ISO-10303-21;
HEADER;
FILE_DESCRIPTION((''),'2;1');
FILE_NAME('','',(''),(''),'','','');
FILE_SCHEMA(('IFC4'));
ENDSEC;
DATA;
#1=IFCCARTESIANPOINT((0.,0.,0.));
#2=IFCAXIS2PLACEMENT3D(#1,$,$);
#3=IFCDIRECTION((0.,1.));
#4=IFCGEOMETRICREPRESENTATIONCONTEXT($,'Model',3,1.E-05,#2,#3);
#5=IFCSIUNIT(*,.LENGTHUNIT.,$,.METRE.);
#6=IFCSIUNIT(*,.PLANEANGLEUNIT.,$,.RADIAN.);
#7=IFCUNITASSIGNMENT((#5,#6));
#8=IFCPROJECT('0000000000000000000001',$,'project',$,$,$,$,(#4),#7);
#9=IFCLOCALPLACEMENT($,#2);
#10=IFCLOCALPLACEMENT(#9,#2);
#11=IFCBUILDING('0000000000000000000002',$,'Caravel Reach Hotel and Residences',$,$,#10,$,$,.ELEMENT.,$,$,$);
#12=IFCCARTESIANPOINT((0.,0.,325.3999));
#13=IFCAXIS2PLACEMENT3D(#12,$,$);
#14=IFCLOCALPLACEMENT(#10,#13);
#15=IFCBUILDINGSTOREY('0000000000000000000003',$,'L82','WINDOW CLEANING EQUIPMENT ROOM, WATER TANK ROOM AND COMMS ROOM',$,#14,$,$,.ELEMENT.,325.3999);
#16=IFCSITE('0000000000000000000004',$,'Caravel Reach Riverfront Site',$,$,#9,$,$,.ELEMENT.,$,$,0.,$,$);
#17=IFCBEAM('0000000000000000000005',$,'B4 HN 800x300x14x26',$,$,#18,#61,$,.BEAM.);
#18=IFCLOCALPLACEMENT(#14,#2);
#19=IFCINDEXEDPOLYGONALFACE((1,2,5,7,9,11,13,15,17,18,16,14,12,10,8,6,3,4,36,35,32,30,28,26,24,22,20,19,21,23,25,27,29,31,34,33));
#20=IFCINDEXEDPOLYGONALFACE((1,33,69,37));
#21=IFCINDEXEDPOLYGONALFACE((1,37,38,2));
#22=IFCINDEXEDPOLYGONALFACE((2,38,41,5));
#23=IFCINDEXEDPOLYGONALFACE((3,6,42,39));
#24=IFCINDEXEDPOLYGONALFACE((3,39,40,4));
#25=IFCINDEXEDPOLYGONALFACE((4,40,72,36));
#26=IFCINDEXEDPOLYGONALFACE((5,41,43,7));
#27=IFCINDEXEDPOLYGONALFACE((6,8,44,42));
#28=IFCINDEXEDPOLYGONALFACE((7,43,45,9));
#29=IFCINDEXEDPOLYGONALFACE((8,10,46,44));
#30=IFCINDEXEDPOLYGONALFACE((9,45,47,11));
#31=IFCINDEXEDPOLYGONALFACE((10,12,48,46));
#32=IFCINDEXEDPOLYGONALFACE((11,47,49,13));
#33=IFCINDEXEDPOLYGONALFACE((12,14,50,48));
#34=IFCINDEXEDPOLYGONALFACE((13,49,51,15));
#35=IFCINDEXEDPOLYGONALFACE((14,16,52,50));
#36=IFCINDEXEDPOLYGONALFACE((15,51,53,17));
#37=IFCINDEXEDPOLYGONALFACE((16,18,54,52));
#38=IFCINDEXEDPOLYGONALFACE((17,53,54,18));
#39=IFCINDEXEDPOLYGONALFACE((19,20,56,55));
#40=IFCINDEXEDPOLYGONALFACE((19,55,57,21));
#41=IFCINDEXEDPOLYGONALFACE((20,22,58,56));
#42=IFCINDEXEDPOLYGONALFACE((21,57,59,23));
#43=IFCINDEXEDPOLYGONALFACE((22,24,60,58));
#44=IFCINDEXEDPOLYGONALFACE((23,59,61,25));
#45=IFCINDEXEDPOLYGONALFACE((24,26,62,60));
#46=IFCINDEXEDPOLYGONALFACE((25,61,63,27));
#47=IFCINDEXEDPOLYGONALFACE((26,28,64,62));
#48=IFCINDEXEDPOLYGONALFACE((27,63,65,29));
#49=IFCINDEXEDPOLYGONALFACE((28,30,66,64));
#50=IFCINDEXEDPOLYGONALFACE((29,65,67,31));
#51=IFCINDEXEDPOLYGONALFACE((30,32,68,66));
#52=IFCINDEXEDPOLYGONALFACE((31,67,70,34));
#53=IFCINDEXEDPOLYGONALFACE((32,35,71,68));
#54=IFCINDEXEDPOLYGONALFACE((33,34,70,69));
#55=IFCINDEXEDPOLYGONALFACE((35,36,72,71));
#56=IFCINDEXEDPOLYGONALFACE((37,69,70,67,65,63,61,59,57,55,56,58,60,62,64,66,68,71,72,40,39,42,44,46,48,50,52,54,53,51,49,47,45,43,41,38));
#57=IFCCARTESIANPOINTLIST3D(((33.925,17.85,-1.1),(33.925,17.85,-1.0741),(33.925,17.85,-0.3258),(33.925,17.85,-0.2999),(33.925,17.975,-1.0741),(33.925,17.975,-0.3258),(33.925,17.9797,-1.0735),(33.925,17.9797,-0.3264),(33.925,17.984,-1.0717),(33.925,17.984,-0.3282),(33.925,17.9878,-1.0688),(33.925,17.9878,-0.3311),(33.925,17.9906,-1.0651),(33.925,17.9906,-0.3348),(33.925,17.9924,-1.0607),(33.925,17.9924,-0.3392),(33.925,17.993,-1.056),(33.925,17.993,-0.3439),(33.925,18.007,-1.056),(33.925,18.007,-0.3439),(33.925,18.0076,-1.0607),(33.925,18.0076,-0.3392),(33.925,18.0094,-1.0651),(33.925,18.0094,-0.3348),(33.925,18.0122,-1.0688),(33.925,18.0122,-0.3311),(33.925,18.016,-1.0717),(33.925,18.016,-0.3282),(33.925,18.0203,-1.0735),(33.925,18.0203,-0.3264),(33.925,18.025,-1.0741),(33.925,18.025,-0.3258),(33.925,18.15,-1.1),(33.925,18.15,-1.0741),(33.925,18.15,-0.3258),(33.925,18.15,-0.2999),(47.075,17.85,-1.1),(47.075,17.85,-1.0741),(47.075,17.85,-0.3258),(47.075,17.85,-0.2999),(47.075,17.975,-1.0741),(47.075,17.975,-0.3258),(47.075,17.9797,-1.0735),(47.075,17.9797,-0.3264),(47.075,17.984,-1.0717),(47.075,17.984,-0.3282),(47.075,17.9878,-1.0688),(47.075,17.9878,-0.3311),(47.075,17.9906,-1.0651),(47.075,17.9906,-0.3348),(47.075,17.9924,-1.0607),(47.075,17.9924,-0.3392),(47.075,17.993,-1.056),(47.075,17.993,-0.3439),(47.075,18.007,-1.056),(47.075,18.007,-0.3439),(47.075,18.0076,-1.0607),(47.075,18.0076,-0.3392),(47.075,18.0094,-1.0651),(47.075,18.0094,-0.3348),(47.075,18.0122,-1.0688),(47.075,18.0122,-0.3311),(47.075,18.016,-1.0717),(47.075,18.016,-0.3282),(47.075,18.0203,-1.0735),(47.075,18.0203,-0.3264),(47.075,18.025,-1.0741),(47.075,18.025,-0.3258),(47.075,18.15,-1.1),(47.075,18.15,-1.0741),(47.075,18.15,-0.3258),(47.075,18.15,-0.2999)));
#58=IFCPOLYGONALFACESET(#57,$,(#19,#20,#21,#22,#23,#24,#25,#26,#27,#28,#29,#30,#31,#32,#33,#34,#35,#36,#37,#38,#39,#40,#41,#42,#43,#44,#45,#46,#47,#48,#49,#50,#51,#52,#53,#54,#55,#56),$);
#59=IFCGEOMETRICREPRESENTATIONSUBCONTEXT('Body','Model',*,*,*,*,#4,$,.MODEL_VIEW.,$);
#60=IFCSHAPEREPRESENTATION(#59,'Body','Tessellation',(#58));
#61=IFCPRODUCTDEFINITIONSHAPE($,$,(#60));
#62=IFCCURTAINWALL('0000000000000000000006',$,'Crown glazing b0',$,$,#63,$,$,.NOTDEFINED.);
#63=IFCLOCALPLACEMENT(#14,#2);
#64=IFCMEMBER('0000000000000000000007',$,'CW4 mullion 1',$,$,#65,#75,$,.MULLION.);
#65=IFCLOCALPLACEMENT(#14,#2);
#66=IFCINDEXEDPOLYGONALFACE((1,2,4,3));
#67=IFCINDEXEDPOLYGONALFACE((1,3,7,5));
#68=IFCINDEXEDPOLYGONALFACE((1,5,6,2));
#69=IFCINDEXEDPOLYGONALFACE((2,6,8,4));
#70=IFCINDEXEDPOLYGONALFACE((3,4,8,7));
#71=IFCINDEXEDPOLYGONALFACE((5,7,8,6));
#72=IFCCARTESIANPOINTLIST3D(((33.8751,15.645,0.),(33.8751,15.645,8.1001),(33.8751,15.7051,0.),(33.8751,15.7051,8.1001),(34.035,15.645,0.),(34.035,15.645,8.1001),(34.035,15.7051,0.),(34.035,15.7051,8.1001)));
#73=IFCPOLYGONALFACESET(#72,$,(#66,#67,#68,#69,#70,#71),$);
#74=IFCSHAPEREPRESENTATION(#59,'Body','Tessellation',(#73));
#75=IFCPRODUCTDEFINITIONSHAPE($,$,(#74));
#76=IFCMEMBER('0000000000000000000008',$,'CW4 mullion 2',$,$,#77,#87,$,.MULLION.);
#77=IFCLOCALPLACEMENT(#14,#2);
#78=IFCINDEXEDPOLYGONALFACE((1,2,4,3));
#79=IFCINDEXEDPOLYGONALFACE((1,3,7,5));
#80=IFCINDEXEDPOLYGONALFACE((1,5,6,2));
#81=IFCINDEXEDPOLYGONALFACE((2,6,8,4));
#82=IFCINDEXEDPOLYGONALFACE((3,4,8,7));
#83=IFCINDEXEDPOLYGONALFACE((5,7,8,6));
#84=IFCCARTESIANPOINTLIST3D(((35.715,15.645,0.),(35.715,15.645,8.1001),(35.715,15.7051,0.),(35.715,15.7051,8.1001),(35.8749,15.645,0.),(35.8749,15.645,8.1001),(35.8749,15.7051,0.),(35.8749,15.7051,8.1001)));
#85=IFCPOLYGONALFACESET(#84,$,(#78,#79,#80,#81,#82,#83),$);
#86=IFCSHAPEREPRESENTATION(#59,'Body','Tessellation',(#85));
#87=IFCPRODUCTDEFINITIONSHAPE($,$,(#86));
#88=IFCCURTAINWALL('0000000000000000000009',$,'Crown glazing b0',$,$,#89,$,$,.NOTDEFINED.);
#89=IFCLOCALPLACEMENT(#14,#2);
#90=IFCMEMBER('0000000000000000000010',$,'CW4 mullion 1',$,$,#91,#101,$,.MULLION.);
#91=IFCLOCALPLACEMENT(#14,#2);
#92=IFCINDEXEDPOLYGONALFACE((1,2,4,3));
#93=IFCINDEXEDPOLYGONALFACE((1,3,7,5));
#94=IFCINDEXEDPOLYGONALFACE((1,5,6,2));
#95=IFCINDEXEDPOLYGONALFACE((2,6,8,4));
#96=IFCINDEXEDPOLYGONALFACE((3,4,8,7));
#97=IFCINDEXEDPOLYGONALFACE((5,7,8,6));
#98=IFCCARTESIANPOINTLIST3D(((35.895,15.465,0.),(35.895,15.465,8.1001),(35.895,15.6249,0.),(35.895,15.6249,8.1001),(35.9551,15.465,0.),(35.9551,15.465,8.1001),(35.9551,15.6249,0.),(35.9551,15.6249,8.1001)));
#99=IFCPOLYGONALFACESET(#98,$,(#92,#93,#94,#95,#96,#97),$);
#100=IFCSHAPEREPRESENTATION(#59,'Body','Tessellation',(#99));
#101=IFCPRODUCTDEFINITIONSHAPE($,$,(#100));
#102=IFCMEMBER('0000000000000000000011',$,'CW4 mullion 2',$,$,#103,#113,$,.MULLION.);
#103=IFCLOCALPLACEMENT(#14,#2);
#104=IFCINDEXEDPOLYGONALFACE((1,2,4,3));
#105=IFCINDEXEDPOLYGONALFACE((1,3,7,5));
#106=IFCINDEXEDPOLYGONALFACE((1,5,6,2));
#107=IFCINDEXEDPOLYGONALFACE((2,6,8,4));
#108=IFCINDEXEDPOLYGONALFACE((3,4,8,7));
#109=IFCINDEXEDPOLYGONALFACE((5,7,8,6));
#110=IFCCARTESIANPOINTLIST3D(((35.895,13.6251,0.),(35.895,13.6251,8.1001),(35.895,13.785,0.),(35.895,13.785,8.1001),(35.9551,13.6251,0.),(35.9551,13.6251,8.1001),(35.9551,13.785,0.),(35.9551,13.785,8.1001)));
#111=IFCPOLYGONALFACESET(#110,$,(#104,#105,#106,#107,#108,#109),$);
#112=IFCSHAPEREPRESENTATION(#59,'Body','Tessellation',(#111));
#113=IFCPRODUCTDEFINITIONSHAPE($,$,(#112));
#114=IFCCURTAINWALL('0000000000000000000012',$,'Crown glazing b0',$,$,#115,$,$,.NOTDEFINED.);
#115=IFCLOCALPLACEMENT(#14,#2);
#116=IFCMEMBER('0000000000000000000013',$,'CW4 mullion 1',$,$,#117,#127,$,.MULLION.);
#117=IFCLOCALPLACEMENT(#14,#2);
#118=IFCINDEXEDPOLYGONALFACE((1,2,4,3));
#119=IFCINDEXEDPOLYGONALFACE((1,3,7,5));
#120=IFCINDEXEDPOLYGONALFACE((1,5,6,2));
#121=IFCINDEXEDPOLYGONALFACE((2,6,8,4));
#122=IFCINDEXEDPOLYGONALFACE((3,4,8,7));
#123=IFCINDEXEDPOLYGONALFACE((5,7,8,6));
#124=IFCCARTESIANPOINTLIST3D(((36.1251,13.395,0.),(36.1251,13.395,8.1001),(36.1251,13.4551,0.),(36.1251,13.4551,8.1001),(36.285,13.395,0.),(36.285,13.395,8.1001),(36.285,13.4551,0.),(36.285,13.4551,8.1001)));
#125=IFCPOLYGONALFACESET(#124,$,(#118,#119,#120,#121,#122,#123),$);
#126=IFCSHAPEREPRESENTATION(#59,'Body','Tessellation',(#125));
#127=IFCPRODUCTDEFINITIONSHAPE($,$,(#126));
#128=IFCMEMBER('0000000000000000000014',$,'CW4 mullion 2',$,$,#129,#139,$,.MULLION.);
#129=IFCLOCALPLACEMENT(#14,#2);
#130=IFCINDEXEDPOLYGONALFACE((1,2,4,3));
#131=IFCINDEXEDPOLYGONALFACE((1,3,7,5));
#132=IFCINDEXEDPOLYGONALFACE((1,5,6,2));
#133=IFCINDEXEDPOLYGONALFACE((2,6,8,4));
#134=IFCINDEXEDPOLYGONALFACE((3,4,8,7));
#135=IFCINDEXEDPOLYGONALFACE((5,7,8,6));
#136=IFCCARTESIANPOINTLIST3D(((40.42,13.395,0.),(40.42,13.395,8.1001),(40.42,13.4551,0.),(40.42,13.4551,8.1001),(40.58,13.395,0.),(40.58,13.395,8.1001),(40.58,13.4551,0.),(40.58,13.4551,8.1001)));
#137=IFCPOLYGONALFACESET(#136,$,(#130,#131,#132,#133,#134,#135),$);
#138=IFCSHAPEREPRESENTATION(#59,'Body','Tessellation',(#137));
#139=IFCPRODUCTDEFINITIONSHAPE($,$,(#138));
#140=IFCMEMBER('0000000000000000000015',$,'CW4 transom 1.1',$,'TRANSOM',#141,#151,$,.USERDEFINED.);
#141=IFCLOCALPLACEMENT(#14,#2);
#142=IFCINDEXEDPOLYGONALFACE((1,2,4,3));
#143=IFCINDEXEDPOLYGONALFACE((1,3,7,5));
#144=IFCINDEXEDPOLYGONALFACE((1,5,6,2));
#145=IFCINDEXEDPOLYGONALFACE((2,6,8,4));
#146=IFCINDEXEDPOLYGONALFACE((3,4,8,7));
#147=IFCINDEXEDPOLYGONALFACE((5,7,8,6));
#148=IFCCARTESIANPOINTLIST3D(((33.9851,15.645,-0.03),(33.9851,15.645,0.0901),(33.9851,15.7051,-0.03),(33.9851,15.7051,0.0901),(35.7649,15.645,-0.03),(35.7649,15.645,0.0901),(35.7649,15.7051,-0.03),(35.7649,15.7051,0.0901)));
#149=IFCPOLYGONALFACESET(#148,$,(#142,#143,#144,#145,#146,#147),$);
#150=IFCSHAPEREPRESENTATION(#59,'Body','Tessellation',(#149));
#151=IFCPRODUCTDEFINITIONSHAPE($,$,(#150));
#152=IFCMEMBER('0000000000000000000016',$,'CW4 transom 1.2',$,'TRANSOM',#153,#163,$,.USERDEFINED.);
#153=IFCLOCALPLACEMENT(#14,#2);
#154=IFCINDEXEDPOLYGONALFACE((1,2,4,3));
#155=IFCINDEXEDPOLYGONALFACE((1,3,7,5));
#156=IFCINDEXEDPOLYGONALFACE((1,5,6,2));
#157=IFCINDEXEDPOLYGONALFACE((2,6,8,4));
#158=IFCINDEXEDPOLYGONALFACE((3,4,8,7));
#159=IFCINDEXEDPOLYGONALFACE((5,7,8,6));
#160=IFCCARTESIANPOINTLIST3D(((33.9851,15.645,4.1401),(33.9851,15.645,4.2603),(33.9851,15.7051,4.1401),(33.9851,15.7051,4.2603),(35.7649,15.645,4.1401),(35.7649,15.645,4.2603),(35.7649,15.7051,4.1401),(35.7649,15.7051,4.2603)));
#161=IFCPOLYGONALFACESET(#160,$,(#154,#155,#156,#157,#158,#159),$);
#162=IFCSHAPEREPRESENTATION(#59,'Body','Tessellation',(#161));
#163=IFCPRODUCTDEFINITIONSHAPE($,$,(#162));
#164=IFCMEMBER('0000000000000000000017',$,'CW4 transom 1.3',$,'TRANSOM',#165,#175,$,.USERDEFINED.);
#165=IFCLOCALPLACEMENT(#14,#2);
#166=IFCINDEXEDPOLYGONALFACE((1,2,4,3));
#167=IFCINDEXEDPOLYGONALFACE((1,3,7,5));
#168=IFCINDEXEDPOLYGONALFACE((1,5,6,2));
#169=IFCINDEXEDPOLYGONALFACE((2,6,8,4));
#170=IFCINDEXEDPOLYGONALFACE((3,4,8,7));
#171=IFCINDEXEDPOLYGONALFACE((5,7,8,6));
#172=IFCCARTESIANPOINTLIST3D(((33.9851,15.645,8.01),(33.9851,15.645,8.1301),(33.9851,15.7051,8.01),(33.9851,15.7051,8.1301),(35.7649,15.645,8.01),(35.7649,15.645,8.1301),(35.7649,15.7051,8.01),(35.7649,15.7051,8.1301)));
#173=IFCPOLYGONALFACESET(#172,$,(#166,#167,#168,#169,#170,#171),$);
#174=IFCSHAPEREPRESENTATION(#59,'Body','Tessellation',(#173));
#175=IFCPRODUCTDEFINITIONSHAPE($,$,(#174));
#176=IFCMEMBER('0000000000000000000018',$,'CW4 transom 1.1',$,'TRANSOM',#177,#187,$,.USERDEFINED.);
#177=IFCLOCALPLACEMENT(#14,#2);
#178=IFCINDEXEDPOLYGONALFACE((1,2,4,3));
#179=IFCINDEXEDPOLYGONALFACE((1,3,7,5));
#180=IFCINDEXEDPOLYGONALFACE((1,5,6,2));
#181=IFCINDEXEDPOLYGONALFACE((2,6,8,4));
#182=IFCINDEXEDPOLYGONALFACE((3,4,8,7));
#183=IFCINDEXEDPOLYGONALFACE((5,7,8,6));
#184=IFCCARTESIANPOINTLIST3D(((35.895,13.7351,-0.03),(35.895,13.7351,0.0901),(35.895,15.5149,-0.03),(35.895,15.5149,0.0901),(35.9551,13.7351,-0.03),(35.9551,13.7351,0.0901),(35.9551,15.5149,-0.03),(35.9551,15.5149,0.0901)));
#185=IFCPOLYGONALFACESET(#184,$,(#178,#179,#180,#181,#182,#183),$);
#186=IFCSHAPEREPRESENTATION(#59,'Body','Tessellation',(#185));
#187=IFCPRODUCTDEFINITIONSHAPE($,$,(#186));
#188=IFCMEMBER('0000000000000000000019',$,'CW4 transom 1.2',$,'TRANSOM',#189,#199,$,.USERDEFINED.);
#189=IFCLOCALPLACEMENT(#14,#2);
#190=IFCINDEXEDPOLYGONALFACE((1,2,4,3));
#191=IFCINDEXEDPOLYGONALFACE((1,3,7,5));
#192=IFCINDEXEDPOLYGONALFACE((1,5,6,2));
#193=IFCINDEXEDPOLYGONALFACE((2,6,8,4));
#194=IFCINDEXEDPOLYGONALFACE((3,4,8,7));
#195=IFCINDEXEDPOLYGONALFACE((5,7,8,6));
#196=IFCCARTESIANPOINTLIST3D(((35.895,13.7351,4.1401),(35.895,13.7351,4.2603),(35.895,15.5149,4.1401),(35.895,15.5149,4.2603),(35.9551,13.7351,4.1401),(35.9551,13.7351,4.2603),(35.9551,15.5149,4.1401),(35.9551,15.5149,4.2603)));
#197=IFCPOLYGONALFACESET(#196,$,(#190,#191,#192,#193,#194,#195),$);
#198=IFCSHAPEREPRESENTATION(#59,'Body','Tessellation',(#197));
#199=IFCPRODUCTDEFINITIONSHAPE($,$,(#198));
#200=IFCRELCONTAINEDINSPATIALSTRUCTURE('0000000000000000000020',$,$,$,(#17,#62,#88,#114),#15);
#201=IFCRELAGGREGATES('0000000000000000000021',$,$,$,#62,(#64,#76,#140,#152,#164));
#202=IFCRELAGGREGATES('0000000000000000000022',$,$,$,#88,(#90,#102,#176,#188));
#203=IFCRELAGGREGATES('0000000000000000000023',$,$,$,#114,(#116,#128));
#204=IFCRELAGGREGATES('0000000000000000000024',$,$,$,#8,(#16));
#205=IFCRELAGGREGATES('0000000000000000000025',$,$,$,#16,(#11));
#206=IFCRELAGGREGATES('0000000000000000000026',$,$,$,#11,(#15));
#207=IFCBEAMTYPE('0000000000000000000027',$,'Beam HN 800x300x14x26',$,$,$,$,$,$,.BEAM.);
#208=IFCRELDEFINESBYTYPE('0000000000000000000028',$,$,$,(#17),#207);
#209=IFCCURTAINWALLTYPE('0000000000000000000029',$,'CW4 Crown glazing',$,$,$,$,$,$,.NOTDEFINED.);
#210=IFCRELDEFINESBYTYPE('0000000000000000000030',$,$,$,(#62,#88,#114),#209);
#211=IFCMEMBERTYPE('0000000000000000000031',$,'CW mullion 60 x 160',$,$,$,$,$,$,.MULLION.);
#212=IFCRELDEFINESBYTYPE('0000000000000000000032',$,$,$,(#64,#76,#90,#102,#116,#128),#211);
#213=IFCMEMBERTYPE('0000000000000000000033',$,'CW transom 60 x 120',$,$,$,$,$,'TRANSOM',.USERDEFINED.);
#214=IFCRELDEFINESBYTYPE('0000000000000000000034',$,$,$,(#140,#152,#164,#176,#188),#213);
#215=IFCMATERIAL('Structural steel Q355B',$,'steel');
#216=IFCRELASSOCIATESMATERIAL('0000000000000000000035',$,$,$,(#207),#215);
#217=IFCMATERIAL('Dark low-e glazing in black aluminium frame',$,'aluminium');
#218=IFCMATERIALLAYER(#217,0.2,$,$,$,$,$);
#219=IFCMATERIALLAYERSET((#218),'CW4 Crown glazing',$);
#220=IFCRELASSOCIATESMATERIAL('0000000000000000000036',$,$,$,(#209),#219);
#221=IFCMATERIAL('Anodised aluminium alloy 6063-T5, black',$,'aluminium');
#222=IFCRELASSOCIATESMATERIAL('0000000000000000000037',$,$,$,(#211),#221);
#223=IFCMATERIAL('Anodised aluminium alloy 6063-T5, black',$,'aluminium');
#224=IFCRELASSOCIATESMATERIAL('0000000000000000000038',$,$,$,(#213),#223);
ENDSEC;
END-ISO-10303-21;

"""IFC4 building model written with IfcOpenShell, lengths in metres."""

from ifc_helpers import new_model, si_unit, direction, frame, origin, origin_2d, place, context, subcontext, project, spatial, rectangle, i_section, extrude, material, layer, layer_set, material_profile, profile_set, type_object, element, aggregate, save


model = new_model("IFC4")

# Units and contexts
model_context = context("Model", 3, precision=1e-05, world=origin(), true_north=direction((0.0, 1.0)))
body_context = subcontext(model_context, "Body", "Model", "MODEL_VIEW")
ifc_project = project(units=[si_unit("LENGTHUNIT", "METRE"), si_unit("PLANEANGLEUNIT", "RADIAN")], contexts=[model_context])

# Site, building, storey
site_placement = place(None, origin())
site = spatial("IfcSite", under=ifc_project, at=site_placement, Name="Caravel Reach Riverfront Site", CompositionType="ELEMENT", RefElevation=0.0)
building_placement = place(site_placement, origin())
building = spatial("IfcBuilding", under=site, at=building_placement, Name="Caravel Reach Hotel and Residences", CompositionType="ELEMENT")
storey_placement = place(building_placement, frame((0.0, 0.0, 325.3999)))
storey = spatial("IfcBuildingStorey", under=building, at=storey_placement, Name="L82", Description="WINDOW CLEANING EQUIPMENT ROOM, WATER TANK ROOM AND COMMS ROOM", CompositionType="ELEMENT", Elevation=325.3999)

# Beam
ifc_material_1 = material(Name="Structural steel Q355B", Category="steel")
ifc_material_profile_1 = material_profile(ifc_material_1, i_section(OverallWidth=0.3, OverallDepth=0.8, WebThickness=0.0139, FlangeThickness=0.0259, FilletRadius=0.0181, at=origin_2d()), Name="HN 800x300x14x26")
ifc_profile_set_1 = profile_set([ifc_material_profile_1], Name="Structural steel Q355B")
beam_type_1 = type_object("IfcBeamType", Name="Beam HN 800x300x14x26", PredefinedType="BEAM", material=ifc_profile_set_1)
beam_1_placement = place(storey_placement, frame((33.925, 18.0, -0.7), z_axis=(1.0, 0.0, 0.0), x_axis=(0.0, 1.0, 0.0)))
element("IfcBeam", 1, at=beam_1_placement, inside=storey, type_object=beam_type_1, Name="B4 HN 800x300x14x26", PredefinedType="BEAM", context=body_context, shape_type="SweptSolid", body=[
    extrude(i_section(OverallWidth=0.3, OverallDepth=0.8, WebThickness=0.0139, FlangeThickness=0.0259, FilletRadius=0.0181, at=origin_2d()), origin(), (0.0, 0.0, 1.0), 13.1499),
])

# Curtain walls, members
ifc_material_2 = material(Name="Dark low-e glazing in black aluminium frame", Category="aluminium")
ifc_layer_1 = layer(ifc_material_2, 0.2)
ifc_layer_set_1 = layer_set([ifc_layer_1], Name="CW4 Crown glazing")
curtain_wall_type = type_object("IfcCurtainWallType", Name="CW4 Crown glazing", PredefinedType="NOTDEFINED", material=ifc_layer_set_1)
curtain_wall_1_placement = place(storey_placement, origin())
curtain_wall_1 = element("IfcCurtainWall", 2, at=curtain_wall_1_placement, inside=storey, type_object=curtain_wall_type, Name="Crown glazing b0", PredefinedType="NOTDEFINED")
ifc_material_3 = material(Name="Anodised aluminium alloy 6063-T5, black", Category="aluminium")
ifc_material_profile_2 = material_profile(ifc_material_3, rectangle(XDim=0.0601, YDim=0.1599, at=origin_2d()), Name="CW mullion 60 x 160")
ifc_profile_set_2 = profile_set([ifc_material_profile_2], Name="Anodised aluminium alloy 6063-T5, black")
member_type_1 = type_object("IfcMemberType", Name="CW mullion 60 x 160", PredefinedType="MULLION", material=ifc_profile_set_2)
member_1_placement = place(storey_placement, frame((33.9551, 15.675, 0.0), z_axis=(0.0, 0.0, 1.0), x_axis=(0.0, 1.0, 0.0)))
member_1 = element("IfcMember", 3, at=member_1_placement, type_object=member_type_1, Name="CW4 mullion 1", PredefinedType="MULLION", context=body_context, shape_type="SweptSolid", body=[
    extrude(rectangle(XDim=0.0601, YDim=0.1599, at=origin_2d()), origin(), (0.0, 0.0, 1.0), 8.1001),
])
member_2_placement = place(storey_placement, frame((35.7949, 15.675, 0.0), z_axis=(0.0, 0.0, 1.0), x_axis=(0.0, 1.0, 0.0)))
member_2 = element("IfcMember", 4, at=member_2_placement, type_object=member_type_1, Name="CW4 mullion 2", PredefinedType="MULLION", context=body_context, shape_type="SweptSolid", body=[
    extrude(rectangle(XDim=0.0601, YDim=0.1599, at=origin_2d()), origin(), (0.0, 0.0, 1.0), 8.1001),
])
curtain_wall_2_placement = place(storey_placement, origin())
curtain_wall_2 = element("IfcCurtainWall", 5, at=curtain_wall_2_placement, inside=storey, type_object=curtain_wall_type, Name="Crown glazing b0", PredefinedType="NOTDEFINED")
member_3_placement = place(storey_placement, frame((35.925, 15.5449, 0.0), z_axis=(0.0, 0.0, 1.0), x_axis=(1.0, 0.0, 0.0)))
member_3 = element("IfcMember", 6, at=member_3_placement, type_object=member_type_1, Name="CW4 mullion 1", PredefinedType="MULLION", context=body_context, shape_type="SweptSolid", body=[
    extrude(rectangle(XDim=0.0601, YDim=0.1599, at=origin_2d()), origin(), (0.0, 0.0, 1.0), 8.1001),
])
member_4_placement = place(storey_placement, frame((35.925, 13.7051, 0.0), z_axis=(0.0, 0.0, 1.0), x_axis=(1.0, 0.0, 0.0)))
member_4 = element("IfcMember", 7, at=member_4_placement, type_object=member_type_1, Name="CW4 mullion 2", PredefinedType="MULLION", context=body_context, shape_type="SweptSolid", body=[
    extrude(rectangle(XDim=0.0601, YDim=0.1599, at=origin_2d()), origin(), (0.0, 0.0, 1.0), 8.1001),
])
curtain_wall_3_placement = place(storey_placement, origin())
curtain_wall_3 = element("IfcCurtainWall", 8, at=curtain_wall_3_placement, inside=storey, type_object=curtain_wall_type, Name="Crown glazing b0", PredefinedType="NOTDEFINED")
member_5_placement = place(storey_placement, frame((36.2051, 13.425, 0.0), z_axis=(0.0, 0.0, 1.0), x_axis=(0.0, 1.0, 0.0)))
member_5 = element("IfcMember", 9, at=member_5_placement, type_object=member_type_1, Name="CW4 mullion 1", PredefinedType="MULLION", context=body_context, shape_type="SweptSolid", body=[
    extrude(rectangle(XDim=0.0601, YDim=0.1599, at=origin_2d()), origin(), (0.0, 0.0, 1.0), 8.1001),
])
member_6_placement = place(storey_placement, frame((40.5, 13.425, 0.0), z_axis=(0.0, 0.0, 1.0), x_axis=(0.0, 1.0, 0.0)))
member_6 = element("IfcMember", 10, at=member_6_placement, type_object=member_type_1, Name="CW4 mullion 2", PredefinedType="MULLION", context=body_context, shape_type="SweptSolid", body=[
    extrude(rectangle(XDim=0.0601, YDim=0.1599, at=origin_2d()), origin(), (0.0, 0.0, 1.0), 8.1001),
])

# Members
ifc_material_4 = material(Name="Anodised aluminium alloy 6063-T5, black", Category="aluminium")
ifc_material_profile_3 = material_profile(ifc_material_4, rectangle(XDim=0.0601, YDim=0.1201, at=origin_2d()), Name="CW transom 60 x 120")
ifc_profile_set_3 = profile_set([ifc_material_profile_3], Name="Anodised aluminium alloy 6063-T5, black")
member_type_2 = type_object("IfcMemberType", Name="CW transom 60 x 120", ElementType="TRANSOM", PredefinedType="USERDEFINED", material=ifc_profile_set_3)
member_7_placement = place(storey_placement, frame((33.9851, 15.675, 0.03), z_axis=(1.0, 0.0, 0.0), x_axis=(0.0, 1.0, 0.0)))
member_7 = element("IfcMember", 11, at=member_7_placement, type_object=member_type_2, Name="CW4 transom 1.1", ObjectType="TRANSOM", PredefinedType="USERDEFINED", context=body_context, shape_type="SweptSolid", body=[
    extrude(rectangle(XDim=0.0601, YDim=0.1201, at=origin_2d()), origin(), (0.0, 0.0, 1.0), 1.7798),
])
member_8_placement = place(storey_placement, frame((33.9851, 15.675, 4.2002), z_axis=(1.0, 0.0, 0.0), x_axis=(0.0, 1.0, 0.0)))
member_8 = element("IfcMember", 12, at=member_8_placement, type_object=member_type_2, Name="CW4 transom 1.2", ObjectType="TRANSOM", PredefinedType="USERDEFINED", context=body_context, shape_type="SweptSolid", body=[
    extrude(rectangle(XDim=0.0601, YDim=0.1201, at=origin_2d()), origin(), (0.0, 0.0, 1.0), 1.7798),
])
member_9_placement = place(storey_placement, frame((33.9851, 15.675, 8.0701), z_axis=(1.0, 0.0, 0.0), x_axis=(0.0, 1.0, 0.0)))
member_9 = element("IfcMember", 13, at=member_9_placement, type_object=member_type_2, Name="CW4 transom 1.3", ObjectType="TRANSOM", PredefinedType="USERDEFINED", context=body_context, shape_type="SweptSolid", body=[
    extrude(rectangle(XDim=0.0601, YDim=0.1201, at=origin_2d()), origin(), (0.0, 0.0, 1.0), 1.7798),
])
member_10_placement = place(storey_placement, frame((35.925, 15.5149, 0.03), z_axis=(0.0, -1.0, 0.0), x_axis=(1.0, 0.0, 0.0)))
member_10 = element("IfcMember", 14, at=member_10_placement, type_object=member_type_2, Name="CW4 transom 1.1", ObjectType="TRANSOM", PredefinedType="USERDEFINED", context=body_context, shape_type="SweptSolid", body=[
    extrude(rectangle(XDim=0.0601, YDim=0.1201, at=origin_2d()), origin(), (0.0, 0.0, 1.0), 1.7798),
])
member_11_placement = place(storey_placement, frame((35.925, 15.5149, 4.2002), z_axis=(0.0, -1.0, 0.0), x_axis=(1.0, 0.0, 0.0)))
member_11 = element("IfcMember", 15, at=member_11_placement, type_object=member_type_2, Name="CW4 transom 1.2", ObjectType="TRANSOM", PredefinedType="USERDEFINED", context=body_context, shape_type="SweptSolid", body=[
    extrude(rectangle(XDim=0.0601, YDim=0.1201, at=origin_2d()), origin(), (0.0, 0.0, 1.0), 1.7798),
])

aggregate(curtain_wall_1, [member_1, member_2, member_7, member_8, member_9])
aggregate(curtain_wall_2, [member_3, member_4, member_10, member_11])
aggregate(curtain_wall_3, [member_5, member_6])

save(model, "model.ifc")
